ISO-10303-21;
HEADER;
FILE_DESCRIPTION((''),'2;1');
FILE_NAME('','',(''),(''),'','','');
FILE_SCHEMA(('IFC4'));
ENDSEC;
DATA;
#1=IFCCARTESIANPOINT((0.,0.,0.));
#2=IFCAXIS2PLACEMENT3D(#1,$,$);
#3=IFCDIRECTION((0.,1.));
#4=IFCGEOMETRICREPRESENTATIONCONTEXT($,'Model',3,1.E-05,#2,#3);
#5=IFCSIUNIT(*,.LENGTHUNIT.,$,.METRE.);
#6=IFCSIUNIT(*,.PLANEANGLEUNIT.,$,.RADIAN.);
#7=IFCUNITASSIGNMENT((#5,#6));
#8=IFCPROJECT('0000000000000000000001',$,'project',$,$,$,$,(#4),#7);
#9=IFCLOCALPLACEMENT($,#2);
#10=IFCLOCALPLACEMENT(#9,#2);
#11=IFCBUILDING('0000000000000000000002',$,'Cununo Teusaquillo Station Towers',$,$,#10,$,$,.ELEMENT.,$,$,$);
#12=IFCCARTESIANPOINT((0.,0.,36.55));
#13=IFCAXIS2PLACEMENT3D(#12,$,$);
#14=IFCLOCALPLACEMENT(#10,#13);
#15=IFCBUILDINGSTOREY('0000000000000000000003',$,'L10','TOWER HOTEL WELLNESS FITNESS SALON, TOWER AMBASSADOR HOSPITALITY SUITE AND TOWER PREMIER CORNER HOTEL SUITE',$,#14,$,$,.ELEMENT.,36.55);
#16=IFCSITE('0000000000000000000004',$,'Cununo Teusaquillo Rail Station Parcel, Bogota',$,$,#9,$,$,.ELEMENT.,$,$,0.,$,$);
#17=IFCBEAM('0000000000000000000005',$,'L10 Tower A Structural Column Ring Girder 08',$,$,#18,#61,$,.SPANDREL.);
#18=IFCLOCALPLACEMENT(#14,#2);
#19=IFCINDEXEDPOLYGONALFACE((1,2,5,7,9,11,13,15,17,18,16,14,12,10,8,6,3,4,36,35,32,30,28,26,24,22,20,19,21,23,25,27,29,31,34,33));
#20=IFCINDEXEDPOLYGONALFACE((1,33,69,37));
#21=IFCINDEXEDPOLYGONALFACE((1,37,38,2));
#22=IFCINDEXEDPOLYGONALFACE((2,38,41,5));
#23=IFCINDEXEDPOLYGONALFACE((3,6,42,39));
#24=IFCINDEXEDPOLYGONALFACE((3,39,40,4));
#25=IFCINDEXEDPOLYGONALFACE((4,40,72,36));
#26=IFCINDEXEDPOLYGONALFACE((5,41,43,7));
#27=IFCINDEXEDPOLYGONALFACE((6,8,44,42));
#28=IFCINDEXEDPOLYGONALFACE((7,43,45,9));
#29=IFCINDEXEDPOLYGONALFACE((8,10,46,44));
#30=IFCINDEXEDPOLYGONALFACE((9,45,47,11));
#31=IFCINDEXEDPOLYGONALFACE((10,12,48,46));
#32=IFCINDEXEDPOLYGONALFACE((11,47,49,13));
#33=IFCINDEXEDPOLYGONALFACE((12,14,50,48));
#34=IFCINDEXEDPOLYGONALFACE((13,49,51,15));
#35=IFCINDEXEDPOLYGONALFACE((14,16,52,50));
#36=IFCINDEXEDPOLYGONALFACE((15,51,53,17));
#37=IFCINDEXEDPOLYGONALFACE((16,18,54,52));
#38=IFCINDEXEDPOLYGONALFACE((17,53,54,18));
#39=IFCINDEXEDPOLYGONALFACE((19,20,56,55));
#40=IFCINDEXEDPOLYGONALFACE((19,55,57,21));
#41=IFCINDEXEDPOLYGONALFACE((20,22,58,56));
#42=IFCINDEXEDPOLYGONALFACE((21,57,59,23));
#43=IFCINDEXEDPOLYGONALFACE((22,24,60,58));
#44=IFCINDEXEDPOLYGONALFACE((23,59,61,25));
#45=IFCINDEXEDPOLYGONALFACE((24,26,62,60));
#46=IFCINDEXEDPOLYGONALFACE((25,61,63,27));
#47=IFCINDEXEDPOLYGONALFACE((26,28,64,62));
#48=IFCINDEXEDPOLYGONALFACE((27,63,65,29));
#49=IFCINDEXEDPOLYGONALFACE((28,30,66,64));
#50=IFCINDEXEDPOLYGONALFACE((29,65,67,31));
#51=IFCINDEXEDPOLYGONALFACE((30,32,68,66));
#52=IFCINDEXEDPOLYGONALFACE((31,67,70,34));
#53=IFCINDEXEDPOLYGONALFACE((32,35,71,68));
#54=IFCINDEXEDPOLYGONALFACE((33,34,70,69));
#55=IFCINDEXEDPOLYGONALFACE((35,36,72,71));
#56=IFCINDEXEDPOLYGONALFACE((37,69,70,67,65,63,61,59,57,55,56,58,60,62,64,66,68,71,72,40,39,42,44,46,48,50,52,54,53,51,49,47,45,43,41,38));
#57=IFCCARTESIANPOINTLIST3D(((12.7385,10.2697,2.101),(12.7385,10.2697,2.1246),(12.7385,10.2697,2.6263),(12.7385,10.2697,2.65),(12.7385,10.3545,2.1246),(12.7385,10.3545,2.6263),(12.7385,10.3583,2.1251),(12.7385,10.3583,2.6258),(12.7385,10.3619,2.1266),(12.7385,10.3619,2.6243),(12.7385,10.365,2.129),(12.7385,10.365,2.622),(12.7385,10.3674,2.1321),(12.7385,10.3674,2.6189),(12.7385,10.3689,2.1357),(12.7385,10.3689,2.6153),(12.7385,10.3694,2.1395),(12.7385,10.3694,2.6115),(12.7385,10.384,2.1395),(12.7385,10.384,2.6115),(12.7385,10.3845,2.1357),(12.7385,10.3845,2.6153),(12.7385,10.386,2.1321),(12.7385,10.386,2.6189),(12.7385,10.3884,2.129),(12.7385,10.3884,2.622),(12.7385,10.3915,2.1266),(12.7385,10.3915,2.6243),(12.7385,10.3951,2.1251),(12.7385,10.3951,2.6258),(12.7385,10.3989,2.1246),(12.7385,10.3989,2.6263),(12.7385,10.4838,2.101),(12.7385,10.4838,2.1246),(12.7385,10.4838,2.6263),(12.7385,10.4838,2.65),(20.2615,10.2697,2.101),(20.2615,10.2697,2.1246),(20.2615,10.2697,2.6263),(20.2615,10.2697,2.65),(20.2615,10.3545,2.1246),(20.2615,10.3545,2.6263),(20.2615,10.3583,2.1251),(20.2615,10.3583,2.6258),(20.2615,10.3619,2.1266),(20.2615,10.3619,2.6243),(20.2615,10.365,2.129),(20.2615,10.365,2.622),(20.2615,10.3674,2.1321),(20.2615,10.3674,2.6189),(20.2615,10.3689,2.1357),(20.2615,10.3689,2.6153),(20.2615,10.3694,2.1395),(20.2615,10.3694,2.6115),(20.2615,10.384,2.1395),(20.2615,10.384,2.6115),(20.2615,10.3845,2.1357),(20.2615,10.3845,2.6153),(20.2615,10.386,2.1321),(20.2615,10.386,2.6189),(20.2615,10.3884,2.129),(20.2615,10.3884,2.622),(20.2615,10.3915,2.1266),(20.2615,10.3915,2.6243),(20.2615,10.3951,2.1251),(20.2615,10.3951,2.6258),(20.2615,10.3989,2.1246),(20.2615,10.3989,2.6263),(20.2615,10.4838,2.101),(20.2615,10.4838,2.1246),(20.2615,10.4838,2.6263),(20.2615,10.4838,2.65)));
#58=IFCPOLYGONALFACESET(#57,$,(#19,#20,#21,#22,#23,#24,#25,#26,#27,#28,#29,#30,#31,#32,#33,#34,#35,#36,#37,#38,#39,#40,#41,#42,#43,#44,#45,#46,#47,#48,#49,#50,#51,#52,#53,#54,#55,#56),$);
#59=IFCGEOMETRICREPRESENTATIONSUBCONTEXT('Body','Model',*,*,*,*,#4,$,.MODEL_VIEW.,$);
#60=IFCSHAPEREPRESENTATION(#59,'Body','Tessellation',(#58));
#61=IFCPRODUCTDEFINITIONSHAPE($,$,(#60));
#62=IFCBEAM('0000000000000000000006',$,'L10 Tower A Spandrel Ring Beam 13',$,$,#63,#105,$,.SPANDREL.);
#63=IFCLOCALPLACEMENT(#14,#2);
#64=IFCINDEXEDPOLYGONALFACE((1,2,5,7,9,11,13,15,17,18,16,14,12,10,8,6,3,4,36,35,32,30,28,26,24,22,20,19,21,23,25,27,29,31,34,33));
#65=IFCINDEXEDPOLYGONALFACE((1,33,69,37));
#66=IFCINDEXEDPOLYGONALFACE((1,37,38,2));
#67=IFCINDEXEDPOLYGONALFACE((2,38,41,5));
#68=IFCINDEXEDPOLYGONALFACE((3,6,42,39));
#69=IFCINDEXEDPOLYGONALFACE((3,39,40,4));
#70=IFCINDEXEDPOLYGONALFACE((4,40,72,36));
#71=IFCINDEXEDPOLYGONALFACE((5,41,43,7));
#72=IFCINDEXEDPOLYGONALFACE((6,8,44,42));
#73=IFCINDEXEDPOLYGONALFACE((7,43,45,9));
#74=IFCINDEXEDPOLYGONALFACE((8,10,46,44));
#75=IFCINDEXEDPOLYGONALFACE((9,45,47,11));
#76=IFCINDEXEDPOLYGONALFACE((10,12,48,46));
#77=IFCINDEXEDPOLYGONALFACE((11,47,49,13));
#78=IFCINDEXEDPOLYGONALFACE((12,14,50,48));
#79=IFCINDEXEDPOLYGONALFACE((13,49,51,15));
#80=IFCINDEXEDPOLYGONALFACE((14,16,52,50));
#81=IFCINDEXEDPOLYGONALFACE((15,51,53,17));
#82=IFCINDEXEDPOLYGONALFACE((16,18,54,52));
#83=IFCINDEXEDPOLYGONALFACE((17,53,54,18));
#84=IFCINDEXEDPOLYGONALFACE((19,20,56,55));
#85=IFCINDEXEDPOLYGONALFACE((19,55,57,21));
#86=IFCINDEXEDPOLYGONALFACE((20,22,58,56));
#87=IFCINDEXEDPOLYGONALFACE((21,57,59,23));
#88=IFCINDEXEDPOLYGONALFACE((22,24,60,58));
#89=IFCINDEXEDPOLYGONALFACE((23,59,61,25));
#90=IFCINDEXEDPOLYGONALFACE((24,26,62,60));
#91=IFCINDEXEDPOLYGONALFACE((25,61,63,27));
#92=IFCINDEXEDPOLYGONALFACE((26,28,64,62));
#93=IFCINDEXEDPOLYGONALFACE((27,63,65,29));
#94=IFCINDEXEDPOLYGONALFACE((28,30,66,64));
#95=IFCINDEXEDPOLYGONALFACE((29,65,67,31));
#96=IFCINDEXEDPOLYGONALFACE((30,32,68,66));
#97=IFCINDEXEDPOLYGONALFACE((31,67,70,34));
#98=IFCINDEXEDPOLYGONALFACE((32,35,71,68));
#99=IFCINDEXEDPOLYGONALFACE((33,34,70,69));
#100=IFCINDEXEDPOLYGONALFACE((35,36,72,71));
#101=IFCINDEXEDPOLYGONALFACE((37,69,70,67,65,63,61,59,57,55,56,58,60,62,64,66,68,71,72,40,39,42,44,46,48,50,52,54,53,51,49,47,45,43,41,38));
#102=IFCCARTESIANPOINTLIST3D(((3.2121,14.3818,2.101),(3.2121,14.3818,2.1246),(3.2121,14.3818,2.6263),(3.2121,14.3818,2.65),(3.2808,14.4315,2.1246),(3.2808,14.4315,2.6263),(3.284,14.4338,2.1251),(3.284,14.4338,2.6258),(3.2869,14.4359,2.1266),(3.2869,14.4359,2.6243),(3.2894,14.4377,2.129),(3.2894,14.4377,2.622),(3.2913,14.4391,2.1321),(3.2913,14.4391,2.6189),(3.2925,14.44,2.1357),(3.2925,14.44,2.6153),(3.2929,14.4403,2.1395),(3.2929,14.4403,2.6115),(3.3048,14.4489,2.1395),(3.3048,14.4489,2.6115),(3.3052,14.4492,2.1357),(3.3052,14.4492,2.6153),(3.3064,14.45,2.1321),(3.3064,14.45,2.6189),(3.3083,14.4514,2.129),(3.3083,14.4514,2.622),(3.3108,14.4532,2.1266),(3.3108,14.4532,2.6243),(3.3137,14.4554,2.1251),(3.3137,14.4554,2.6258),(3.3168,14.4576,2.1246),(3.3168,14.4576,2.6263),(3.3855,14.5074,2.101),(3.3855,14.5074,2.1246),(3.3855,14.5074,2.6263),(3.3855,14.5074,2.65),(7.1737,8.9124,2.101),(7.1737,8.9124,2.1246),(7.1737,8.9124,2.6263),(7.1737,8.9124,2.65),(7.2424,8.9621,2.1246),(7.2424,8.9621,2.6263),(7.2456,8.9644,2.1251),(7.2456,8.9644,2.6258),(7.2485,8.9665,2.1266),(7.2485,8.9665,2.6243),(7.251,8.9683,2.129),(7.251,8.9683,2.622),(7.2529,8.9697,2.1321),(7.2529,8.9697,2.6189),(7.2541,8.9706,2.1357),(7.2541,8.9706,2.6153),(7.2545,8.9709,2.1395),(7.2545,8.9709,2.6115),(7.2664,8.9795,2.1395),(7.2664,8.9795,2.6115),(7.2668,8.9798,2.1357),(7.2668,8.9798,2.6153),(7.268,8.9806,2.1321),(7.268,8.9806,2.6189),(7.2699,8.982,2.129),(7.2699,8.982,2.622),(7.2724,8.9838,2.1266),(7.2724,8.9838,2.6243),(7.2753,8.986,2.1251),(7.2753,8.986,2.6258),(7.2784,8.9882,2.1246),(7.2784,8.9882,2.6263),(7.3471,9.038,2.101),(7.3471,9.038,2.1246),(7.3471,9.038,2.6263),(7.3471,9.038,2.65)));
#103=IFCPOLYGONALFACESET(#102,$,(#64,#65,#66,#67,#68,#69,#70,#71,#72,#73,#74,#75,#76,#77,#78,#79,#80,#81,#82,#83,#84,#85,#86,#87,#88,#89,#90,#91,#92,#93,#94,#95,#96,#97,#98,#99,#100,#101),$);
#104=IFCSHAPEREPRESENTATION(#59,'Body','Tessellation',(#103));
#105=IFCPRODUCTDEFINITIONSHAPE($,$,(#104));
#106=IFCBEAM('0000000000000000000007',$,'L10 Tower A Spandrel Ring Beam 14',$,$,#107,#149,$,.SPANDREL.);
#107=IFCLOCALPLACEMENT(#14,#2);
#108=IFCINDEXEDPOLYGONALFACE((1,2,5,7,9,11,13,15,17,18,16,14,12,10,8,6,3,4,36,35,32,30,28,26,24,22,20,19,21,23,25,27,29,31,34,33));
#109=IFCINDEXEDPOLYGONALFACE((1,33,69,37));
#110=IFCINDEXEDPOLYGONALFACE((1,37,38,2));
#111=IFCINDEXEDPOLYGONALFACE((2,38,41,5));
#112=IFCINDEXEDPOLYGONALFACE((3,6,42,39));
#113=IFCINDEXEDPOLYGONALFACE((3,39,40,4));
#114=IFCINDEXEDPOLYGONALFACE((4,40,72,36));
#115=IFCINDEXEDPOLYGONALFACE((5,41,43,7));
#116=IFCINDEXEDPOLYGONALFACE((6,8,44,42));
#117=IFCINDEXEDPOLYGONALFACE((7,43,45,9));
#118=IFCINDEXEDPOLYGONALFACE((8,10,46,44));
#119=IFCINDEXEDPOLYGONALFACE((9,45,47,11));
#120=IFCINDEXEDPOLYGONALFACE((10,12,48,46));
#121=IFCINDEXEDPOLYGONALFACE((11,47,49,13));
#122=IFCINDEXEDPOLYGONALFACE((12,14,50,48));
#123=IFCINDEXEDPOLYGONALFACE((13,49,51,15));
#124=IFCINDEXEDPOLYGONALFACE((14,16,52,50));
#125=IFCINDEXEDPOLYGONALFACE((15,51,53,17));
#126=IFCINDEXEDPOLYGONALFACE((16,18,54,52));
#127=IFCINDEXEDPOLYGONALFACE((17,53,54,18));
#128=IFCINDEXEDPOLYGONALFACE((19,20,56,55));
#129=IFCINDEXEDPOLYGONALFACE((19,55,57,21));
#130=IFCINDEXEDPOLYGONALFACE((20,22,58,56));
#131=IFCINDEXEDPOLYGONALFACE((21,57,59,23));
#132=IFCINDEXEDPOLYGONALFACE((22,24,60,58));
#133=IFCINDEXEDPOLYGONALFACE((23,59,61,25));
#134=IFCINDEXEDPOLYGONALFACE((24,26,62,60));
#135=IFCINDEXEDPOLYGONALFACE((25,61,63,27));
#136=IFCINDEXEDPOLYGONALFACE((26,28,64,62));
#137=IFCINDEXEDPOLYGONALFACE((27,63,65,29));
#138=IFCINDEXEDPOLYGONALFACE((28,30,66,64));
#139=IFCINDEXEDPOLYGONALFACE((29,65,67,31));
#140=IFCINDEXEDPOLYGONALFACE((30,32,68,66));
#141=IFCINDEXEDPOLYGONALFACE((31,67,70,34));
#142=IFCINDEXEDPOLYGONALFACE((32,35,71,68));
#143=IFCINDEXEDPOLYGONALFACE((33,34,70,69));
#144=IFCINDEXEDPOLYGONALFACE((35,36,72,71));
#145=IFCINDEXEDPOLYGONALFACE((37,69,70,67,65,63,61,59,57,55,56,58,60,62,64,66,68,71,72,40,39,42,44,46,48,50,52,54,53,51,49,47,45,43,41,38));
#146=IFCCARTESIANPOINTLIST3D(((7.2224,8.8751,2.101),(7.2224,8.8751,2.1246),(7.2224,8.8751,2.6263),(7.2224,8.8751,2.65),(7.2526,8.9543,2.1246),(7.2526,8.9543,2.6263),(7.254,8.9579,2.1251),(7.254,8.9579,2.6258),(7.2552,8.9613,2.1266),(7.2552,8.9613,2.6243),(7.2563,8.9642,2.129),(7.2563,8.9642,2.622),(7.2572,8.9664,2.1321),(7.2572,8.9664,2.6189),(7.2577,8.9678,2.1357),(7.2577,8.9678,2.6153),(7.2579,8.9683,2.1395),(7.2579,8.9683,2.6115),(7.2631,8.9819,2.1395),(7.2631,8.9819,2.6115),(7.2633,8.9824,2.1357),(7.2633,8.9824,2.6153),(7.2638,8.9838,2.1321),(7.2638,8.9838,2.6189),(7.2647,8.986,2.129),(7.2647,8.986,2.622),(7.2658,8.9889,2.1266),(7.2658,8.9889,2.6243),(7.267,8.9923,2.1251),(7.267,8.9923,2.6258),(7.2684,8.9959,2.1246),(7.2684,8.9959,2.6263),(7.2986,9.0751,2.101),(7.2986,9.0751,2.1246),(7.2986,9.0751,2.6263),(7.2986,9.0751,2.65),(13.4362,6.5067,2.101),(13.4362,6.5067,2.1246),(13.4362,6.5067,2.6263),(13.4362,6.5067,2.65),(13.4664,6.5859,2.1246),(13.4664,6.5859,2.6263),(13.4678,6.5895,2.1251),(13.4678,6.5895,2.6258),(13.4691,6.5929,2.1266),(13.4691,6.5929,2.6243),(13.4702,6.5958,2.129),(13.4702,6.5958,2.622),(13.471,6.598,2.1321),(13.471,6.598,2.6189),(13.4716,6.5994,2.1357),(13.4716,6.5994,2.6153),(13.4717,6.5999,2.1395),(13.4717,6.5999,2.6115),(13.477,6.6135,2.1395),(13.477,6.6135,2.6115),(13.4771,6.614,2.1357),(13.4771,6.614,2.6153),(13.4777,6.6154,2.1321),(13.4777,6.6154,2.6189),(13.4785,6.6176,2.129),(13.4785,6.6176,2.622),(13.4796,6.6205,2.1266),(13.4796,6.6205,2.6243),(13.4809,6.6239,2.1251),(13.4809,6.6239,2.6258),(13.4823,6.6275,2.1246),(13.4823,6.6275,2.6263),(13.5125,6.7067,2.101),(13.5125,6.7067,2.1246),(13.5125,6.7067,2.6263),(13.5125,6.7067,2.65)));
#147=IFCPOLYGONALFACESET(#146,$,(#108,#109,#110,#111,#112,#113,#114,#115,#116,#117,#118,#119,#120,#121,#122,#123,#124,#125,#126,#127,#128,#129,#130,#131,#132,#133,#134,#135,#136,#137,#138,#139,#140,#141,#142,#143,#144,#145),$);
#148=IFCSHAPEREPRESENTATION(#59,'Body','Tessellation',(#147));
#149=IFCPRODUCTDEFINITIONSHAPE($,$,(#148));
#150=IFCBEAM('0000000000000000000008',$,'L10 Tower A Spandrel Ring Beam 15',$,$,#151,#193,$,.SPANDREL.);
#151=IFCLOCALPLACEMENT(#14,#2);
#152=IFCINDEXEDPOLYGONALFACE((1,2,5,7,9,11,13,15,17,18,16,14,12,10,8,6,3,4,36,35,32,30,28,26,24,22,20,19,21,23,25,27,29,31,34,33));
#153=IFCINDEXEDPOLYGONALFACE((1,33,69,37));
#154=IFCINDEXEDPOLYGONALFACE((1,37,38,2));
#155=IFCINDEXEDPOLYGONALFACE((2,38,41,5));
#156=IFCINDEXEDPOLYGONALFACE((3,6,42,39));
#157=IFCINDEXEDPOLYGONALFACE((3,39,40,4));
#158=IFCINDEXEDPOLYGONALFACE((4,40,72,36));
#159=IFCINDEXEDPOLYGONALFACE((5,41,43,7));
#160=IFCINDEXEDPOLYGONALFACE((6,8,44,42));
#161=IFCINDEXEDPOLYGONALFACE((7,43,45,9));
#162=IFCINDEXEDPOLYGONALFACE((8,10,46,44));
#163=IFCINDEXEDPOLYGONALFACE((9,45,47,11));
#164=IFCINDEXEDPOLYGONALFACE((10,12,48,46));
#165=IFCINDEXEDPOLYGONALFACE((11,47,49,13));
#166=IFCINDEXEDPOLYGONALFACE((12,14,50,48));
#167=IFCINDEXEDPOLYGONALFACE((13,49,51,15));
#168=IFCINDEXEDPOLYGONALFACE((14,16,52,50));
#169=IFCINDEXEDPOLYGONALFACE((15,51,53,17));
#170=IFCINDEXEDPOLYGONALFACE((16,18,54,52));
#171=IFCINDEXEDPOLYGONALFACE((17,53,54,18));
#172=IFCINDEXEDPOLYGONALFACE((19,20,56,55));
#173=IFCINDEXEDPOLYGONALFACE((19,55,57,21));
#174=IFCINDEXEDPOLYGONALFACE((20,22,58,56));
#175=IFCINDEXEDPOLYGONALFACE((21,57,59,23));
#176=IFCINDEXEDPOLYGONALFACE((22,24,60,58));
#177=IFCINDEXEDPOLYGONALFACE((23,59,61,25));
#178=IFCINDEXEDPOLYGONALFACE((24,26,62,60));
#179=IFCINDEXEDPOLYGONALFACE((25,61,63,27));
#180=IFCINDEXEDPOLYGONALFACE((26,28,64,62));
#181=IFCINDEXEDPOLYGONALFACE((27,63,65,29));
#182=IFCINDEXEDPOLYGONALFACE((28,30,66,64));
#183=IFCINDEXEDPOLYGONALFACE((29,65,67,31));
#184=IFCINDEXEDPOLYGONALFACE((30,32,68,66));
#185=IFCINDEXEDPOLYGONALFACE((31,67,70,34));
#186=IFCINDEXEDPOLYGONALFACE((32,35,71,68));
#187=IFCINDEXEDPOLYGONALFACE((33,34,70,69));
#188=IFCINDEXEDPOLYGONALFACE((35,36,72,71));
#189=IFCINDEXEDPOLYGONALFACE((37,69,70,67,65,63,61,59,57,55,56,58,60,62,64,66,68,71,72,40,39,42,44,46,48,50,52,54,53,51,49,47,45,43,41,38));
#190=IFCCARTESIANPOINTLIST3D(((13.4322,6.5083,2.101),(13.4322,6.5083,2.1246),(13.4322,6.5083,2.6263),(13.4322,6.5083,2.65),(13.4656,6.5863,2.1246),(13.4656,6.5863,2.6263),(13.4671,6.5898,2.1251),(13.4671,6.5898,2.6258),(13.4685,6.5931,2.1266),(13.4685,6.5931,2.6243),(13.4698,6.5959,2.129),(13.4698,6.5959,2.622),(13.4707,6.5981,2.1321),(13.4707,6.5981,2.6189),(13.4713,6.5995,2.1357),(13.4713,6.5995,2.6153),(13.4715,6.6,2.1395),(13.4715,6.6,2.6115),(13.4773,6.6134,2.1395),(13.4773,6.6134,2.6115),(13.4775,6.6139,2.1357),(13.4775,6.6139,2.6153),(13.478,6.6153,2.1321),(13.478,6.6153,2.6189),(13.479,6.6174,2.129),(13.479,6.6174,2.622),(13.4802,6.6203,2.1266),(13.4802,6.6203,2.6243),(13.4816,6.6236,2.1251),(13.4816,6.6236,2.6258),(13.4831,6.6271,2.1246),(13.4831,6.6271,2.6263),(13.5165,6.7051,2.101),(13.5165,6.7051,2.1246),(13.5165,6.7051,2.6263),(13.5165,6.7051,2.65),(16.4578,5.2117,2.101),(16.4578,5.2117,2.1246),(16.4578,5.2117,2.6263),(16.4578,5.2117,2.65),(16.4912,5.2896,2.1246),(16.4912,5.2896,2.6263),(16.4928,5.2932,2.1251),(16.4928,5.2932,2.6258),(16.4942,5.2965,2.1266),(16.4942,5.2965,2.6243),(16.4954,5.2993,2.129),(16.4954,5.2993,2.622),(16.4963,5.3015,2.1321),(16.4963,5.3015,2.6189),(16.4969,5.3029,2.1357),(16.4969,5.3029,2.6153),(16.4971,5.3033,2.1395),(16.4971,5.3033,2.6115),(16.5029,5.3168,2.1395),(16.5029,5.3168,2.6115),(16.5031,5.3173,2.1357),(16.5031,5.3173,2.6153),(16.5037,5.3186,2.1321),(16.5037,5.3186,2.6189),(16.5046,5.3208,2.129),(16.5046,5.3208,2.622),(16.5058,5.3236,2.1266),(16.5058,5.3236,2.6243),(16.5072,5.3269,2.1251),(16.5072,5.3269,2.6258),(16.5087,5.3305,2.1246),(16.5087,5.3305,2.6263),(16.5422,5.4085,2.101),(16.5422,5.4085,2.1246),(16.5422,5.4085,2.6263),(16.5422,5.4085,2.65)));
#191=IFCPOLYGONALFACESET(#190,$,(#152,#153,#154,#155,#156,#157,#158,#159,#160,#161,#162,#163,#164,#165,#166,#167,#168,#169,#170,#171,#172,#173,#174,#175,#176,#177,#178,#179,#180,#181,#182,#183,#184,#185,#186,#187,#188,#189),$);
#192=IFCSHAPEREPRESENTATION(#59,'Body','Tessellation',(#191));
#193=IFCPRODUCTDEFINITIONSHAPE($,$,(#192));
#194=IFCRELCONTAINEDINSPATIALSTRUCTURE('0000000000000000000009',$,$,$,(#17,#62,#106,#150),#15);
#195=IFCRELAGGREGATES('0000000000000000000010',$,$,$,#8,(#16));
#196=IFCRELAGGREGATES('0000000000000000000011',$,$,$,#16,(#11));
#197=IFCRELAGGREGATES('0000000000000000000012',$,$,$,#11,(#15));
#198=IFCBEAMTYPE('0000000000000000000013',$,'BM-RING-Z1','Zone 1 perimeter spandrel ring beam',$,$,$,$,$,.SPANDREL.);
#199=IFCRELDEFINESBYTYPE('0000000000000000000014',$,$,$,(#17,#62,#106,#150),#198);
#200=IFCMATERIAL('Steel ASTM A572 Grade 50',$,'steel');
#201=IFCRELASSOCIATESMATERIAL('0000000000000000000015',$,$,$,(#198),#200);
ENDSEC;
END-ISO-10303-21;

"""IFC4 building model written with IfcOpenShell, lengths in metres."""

from ifc_helpers import new_model, si_unit, direction, frame, origin, origin_2d, place, context, subcontext, project, spatial, i_section, extrude, material, material_profile, profile_set, type_object, element, save


model = new_model("IFC4")

# Units and contexts
model_context = context("Model", 3, precision=1e-05, world=origin(), true_north=direction((0.0, 1.0)))
body_context = subcontext(model_context, "Body", "Model", "MODEL_VIEW")
ifc_project = project(units=[si_unit("LENGTHUNIT", "METRE"), si_unit("PLANEANGLEUNIT", "RADIAN")], contexts=[model_context])

# Site, building, storey
site_placement = place(None, origin())
site = spatial("IfcSite", under=ifc_project, at=site_placement, Name="Cununo Teusaquillo Rail Station Parcel, Bogota", CompositionType="ELEMENT", RefElevation=0.0)
building_placement = place(site_placement, origin())
building = spatial("IfcBuilding", under=site, at=building_placement, Name="Cununo Teusaquillo Station Towers", CompositionType="ELEMENT")
storey_placement = place(building_placement, frame((0.0, 0.0, 36.55)))
storey = spatial("IfcBuildingStorey", under=building, at=storey_placement, Name="L10", Description="TOWER HOTEL WELLNESS FITNESS SALON, TOWER AMBASSADOR HOSPITALITY SUITE AND TOWER PREMIER CORNER HOTEL SUITE", CompositionType="ELEMENT", Elevation=36.55)

# Beams
ifc_material_1 = material(Name="Steel ASTM A572 Grade 50", Category="steel")
ifc_material_profile_1 = material_profile(ifc_material_1, i_section(OverallWidth=0.2141, OverallDepth=0.5491, WebThickness=0.0146, FlangeThickness=0.0237, FilletRadius=0.0149, at=origin_2d()), Name="W21X93")
ifc_profile_set_1 = profile_set([ifc_material_profile_1], Name="Steel ASTM A572 Grade 50")
beam_type = type_object("IfcBeamType", Name="BM-RING-Z1", Description="Zone 1 perimeter spandrel ring beam", PredefinedType="SPANDREL", material=ifc_profile_set_1)
beam_1_placement = place(storey_placement, frame((12.7385, 10.3767, 2.3755), z_axis=(1.0, 0.0, 0.0), x_axis=(0.0, 1.0, 0.0)))
element("IfcBeam", 1, at=beam_1_placement, inside=storey, type_object=beam_type, Name="L10 Tower A Structural Column Ring Girder 08", PredefinedType="SPANDREL", context=body_context, shape_type="SweptSolid", body=[
    extrude(i_section(OverallWidth=0.2141, OverallDepth=0.5491, WebThickness=0.0146, FlangeThickness=0.0237, FilletRadius=0.0149, at=origin_2d()), origin(), (0.0, 0.0, 1.0), 7.5229),
])
beam_2_placement = place(storey_placement, frame((3.2988, 14.4446, 2.3755), z_axis=(0.586608, -0.809871, 0.0), x_axis=(0.809871, 0.586608, 0.0)))
element("IfcBeam", 2, at=beam_2_placement, inside=storey, type_object=beam_type, Name="L10 Tower A Spandrel Ring Beam 13", PredefinedType="SPANDREL", context=body_context, shape_type="SweptSolid", body=[
    extrude(i_section(OverallWidth=0.2141, OverallDepth=0.5491, WebThickness=0.0146, FlangeThickness=0.0237, FilletRadius=0.0149, at=origin_2d()), origin(), (0.0, 0.0, 1.0), 6.7534),
])
beam_3_placement = place(storey_placement, frame((7.2605, 8.9751, 2.3755), z_axis=(0.934427, -0.356156, 0.0), x_axis=(0.356156, 0.934427, 0.0)))
element("IfcBeam", 3, at=beam_3_placement, inside=storey, type_object=beam_type, Name="L10 Tower A Spandrel Ring Beam 14", PredefinedType="SPANDREL", context=body_context, shape_type="SweptSolid", body=[
    extrude(i_section(OverallWidth=0.2141, OverallDepth=0.5491, WebThickness=0.0146, FlangeThickness=0.0237, FilletRadius=0.0149, at=origin_2d()), origin(), (0.0, 0.0, 1.0), 6.6499),
])
beam_4_placement = place(storey_placement, frame((13.4744, 6.6067, 2.3755), z_axis=(0.919153, -0.393901, 0.0), x_axis=(0.393901, 0.919153, 0.0)))
element("IfcBeam", 4, at=beam_4_placement, inside=storey, type_object=beam_type, Name="L10 Tower A Spandrel Ring Beam 15", PredefinedType="SPANDREL", context=body_context, shape_type="SweptSolid", body=[
    extrude(i_section(OverallWidth=0.2141, OverallDepth=0.5491, WebThickness=0.0146, FlangeThickness=0.0237, FilletRadius=0.0149, at=origin_2d()), origin(), (0.0, 0.0, 1.0), 3.2917),
])

save(model, "model.ifc")
